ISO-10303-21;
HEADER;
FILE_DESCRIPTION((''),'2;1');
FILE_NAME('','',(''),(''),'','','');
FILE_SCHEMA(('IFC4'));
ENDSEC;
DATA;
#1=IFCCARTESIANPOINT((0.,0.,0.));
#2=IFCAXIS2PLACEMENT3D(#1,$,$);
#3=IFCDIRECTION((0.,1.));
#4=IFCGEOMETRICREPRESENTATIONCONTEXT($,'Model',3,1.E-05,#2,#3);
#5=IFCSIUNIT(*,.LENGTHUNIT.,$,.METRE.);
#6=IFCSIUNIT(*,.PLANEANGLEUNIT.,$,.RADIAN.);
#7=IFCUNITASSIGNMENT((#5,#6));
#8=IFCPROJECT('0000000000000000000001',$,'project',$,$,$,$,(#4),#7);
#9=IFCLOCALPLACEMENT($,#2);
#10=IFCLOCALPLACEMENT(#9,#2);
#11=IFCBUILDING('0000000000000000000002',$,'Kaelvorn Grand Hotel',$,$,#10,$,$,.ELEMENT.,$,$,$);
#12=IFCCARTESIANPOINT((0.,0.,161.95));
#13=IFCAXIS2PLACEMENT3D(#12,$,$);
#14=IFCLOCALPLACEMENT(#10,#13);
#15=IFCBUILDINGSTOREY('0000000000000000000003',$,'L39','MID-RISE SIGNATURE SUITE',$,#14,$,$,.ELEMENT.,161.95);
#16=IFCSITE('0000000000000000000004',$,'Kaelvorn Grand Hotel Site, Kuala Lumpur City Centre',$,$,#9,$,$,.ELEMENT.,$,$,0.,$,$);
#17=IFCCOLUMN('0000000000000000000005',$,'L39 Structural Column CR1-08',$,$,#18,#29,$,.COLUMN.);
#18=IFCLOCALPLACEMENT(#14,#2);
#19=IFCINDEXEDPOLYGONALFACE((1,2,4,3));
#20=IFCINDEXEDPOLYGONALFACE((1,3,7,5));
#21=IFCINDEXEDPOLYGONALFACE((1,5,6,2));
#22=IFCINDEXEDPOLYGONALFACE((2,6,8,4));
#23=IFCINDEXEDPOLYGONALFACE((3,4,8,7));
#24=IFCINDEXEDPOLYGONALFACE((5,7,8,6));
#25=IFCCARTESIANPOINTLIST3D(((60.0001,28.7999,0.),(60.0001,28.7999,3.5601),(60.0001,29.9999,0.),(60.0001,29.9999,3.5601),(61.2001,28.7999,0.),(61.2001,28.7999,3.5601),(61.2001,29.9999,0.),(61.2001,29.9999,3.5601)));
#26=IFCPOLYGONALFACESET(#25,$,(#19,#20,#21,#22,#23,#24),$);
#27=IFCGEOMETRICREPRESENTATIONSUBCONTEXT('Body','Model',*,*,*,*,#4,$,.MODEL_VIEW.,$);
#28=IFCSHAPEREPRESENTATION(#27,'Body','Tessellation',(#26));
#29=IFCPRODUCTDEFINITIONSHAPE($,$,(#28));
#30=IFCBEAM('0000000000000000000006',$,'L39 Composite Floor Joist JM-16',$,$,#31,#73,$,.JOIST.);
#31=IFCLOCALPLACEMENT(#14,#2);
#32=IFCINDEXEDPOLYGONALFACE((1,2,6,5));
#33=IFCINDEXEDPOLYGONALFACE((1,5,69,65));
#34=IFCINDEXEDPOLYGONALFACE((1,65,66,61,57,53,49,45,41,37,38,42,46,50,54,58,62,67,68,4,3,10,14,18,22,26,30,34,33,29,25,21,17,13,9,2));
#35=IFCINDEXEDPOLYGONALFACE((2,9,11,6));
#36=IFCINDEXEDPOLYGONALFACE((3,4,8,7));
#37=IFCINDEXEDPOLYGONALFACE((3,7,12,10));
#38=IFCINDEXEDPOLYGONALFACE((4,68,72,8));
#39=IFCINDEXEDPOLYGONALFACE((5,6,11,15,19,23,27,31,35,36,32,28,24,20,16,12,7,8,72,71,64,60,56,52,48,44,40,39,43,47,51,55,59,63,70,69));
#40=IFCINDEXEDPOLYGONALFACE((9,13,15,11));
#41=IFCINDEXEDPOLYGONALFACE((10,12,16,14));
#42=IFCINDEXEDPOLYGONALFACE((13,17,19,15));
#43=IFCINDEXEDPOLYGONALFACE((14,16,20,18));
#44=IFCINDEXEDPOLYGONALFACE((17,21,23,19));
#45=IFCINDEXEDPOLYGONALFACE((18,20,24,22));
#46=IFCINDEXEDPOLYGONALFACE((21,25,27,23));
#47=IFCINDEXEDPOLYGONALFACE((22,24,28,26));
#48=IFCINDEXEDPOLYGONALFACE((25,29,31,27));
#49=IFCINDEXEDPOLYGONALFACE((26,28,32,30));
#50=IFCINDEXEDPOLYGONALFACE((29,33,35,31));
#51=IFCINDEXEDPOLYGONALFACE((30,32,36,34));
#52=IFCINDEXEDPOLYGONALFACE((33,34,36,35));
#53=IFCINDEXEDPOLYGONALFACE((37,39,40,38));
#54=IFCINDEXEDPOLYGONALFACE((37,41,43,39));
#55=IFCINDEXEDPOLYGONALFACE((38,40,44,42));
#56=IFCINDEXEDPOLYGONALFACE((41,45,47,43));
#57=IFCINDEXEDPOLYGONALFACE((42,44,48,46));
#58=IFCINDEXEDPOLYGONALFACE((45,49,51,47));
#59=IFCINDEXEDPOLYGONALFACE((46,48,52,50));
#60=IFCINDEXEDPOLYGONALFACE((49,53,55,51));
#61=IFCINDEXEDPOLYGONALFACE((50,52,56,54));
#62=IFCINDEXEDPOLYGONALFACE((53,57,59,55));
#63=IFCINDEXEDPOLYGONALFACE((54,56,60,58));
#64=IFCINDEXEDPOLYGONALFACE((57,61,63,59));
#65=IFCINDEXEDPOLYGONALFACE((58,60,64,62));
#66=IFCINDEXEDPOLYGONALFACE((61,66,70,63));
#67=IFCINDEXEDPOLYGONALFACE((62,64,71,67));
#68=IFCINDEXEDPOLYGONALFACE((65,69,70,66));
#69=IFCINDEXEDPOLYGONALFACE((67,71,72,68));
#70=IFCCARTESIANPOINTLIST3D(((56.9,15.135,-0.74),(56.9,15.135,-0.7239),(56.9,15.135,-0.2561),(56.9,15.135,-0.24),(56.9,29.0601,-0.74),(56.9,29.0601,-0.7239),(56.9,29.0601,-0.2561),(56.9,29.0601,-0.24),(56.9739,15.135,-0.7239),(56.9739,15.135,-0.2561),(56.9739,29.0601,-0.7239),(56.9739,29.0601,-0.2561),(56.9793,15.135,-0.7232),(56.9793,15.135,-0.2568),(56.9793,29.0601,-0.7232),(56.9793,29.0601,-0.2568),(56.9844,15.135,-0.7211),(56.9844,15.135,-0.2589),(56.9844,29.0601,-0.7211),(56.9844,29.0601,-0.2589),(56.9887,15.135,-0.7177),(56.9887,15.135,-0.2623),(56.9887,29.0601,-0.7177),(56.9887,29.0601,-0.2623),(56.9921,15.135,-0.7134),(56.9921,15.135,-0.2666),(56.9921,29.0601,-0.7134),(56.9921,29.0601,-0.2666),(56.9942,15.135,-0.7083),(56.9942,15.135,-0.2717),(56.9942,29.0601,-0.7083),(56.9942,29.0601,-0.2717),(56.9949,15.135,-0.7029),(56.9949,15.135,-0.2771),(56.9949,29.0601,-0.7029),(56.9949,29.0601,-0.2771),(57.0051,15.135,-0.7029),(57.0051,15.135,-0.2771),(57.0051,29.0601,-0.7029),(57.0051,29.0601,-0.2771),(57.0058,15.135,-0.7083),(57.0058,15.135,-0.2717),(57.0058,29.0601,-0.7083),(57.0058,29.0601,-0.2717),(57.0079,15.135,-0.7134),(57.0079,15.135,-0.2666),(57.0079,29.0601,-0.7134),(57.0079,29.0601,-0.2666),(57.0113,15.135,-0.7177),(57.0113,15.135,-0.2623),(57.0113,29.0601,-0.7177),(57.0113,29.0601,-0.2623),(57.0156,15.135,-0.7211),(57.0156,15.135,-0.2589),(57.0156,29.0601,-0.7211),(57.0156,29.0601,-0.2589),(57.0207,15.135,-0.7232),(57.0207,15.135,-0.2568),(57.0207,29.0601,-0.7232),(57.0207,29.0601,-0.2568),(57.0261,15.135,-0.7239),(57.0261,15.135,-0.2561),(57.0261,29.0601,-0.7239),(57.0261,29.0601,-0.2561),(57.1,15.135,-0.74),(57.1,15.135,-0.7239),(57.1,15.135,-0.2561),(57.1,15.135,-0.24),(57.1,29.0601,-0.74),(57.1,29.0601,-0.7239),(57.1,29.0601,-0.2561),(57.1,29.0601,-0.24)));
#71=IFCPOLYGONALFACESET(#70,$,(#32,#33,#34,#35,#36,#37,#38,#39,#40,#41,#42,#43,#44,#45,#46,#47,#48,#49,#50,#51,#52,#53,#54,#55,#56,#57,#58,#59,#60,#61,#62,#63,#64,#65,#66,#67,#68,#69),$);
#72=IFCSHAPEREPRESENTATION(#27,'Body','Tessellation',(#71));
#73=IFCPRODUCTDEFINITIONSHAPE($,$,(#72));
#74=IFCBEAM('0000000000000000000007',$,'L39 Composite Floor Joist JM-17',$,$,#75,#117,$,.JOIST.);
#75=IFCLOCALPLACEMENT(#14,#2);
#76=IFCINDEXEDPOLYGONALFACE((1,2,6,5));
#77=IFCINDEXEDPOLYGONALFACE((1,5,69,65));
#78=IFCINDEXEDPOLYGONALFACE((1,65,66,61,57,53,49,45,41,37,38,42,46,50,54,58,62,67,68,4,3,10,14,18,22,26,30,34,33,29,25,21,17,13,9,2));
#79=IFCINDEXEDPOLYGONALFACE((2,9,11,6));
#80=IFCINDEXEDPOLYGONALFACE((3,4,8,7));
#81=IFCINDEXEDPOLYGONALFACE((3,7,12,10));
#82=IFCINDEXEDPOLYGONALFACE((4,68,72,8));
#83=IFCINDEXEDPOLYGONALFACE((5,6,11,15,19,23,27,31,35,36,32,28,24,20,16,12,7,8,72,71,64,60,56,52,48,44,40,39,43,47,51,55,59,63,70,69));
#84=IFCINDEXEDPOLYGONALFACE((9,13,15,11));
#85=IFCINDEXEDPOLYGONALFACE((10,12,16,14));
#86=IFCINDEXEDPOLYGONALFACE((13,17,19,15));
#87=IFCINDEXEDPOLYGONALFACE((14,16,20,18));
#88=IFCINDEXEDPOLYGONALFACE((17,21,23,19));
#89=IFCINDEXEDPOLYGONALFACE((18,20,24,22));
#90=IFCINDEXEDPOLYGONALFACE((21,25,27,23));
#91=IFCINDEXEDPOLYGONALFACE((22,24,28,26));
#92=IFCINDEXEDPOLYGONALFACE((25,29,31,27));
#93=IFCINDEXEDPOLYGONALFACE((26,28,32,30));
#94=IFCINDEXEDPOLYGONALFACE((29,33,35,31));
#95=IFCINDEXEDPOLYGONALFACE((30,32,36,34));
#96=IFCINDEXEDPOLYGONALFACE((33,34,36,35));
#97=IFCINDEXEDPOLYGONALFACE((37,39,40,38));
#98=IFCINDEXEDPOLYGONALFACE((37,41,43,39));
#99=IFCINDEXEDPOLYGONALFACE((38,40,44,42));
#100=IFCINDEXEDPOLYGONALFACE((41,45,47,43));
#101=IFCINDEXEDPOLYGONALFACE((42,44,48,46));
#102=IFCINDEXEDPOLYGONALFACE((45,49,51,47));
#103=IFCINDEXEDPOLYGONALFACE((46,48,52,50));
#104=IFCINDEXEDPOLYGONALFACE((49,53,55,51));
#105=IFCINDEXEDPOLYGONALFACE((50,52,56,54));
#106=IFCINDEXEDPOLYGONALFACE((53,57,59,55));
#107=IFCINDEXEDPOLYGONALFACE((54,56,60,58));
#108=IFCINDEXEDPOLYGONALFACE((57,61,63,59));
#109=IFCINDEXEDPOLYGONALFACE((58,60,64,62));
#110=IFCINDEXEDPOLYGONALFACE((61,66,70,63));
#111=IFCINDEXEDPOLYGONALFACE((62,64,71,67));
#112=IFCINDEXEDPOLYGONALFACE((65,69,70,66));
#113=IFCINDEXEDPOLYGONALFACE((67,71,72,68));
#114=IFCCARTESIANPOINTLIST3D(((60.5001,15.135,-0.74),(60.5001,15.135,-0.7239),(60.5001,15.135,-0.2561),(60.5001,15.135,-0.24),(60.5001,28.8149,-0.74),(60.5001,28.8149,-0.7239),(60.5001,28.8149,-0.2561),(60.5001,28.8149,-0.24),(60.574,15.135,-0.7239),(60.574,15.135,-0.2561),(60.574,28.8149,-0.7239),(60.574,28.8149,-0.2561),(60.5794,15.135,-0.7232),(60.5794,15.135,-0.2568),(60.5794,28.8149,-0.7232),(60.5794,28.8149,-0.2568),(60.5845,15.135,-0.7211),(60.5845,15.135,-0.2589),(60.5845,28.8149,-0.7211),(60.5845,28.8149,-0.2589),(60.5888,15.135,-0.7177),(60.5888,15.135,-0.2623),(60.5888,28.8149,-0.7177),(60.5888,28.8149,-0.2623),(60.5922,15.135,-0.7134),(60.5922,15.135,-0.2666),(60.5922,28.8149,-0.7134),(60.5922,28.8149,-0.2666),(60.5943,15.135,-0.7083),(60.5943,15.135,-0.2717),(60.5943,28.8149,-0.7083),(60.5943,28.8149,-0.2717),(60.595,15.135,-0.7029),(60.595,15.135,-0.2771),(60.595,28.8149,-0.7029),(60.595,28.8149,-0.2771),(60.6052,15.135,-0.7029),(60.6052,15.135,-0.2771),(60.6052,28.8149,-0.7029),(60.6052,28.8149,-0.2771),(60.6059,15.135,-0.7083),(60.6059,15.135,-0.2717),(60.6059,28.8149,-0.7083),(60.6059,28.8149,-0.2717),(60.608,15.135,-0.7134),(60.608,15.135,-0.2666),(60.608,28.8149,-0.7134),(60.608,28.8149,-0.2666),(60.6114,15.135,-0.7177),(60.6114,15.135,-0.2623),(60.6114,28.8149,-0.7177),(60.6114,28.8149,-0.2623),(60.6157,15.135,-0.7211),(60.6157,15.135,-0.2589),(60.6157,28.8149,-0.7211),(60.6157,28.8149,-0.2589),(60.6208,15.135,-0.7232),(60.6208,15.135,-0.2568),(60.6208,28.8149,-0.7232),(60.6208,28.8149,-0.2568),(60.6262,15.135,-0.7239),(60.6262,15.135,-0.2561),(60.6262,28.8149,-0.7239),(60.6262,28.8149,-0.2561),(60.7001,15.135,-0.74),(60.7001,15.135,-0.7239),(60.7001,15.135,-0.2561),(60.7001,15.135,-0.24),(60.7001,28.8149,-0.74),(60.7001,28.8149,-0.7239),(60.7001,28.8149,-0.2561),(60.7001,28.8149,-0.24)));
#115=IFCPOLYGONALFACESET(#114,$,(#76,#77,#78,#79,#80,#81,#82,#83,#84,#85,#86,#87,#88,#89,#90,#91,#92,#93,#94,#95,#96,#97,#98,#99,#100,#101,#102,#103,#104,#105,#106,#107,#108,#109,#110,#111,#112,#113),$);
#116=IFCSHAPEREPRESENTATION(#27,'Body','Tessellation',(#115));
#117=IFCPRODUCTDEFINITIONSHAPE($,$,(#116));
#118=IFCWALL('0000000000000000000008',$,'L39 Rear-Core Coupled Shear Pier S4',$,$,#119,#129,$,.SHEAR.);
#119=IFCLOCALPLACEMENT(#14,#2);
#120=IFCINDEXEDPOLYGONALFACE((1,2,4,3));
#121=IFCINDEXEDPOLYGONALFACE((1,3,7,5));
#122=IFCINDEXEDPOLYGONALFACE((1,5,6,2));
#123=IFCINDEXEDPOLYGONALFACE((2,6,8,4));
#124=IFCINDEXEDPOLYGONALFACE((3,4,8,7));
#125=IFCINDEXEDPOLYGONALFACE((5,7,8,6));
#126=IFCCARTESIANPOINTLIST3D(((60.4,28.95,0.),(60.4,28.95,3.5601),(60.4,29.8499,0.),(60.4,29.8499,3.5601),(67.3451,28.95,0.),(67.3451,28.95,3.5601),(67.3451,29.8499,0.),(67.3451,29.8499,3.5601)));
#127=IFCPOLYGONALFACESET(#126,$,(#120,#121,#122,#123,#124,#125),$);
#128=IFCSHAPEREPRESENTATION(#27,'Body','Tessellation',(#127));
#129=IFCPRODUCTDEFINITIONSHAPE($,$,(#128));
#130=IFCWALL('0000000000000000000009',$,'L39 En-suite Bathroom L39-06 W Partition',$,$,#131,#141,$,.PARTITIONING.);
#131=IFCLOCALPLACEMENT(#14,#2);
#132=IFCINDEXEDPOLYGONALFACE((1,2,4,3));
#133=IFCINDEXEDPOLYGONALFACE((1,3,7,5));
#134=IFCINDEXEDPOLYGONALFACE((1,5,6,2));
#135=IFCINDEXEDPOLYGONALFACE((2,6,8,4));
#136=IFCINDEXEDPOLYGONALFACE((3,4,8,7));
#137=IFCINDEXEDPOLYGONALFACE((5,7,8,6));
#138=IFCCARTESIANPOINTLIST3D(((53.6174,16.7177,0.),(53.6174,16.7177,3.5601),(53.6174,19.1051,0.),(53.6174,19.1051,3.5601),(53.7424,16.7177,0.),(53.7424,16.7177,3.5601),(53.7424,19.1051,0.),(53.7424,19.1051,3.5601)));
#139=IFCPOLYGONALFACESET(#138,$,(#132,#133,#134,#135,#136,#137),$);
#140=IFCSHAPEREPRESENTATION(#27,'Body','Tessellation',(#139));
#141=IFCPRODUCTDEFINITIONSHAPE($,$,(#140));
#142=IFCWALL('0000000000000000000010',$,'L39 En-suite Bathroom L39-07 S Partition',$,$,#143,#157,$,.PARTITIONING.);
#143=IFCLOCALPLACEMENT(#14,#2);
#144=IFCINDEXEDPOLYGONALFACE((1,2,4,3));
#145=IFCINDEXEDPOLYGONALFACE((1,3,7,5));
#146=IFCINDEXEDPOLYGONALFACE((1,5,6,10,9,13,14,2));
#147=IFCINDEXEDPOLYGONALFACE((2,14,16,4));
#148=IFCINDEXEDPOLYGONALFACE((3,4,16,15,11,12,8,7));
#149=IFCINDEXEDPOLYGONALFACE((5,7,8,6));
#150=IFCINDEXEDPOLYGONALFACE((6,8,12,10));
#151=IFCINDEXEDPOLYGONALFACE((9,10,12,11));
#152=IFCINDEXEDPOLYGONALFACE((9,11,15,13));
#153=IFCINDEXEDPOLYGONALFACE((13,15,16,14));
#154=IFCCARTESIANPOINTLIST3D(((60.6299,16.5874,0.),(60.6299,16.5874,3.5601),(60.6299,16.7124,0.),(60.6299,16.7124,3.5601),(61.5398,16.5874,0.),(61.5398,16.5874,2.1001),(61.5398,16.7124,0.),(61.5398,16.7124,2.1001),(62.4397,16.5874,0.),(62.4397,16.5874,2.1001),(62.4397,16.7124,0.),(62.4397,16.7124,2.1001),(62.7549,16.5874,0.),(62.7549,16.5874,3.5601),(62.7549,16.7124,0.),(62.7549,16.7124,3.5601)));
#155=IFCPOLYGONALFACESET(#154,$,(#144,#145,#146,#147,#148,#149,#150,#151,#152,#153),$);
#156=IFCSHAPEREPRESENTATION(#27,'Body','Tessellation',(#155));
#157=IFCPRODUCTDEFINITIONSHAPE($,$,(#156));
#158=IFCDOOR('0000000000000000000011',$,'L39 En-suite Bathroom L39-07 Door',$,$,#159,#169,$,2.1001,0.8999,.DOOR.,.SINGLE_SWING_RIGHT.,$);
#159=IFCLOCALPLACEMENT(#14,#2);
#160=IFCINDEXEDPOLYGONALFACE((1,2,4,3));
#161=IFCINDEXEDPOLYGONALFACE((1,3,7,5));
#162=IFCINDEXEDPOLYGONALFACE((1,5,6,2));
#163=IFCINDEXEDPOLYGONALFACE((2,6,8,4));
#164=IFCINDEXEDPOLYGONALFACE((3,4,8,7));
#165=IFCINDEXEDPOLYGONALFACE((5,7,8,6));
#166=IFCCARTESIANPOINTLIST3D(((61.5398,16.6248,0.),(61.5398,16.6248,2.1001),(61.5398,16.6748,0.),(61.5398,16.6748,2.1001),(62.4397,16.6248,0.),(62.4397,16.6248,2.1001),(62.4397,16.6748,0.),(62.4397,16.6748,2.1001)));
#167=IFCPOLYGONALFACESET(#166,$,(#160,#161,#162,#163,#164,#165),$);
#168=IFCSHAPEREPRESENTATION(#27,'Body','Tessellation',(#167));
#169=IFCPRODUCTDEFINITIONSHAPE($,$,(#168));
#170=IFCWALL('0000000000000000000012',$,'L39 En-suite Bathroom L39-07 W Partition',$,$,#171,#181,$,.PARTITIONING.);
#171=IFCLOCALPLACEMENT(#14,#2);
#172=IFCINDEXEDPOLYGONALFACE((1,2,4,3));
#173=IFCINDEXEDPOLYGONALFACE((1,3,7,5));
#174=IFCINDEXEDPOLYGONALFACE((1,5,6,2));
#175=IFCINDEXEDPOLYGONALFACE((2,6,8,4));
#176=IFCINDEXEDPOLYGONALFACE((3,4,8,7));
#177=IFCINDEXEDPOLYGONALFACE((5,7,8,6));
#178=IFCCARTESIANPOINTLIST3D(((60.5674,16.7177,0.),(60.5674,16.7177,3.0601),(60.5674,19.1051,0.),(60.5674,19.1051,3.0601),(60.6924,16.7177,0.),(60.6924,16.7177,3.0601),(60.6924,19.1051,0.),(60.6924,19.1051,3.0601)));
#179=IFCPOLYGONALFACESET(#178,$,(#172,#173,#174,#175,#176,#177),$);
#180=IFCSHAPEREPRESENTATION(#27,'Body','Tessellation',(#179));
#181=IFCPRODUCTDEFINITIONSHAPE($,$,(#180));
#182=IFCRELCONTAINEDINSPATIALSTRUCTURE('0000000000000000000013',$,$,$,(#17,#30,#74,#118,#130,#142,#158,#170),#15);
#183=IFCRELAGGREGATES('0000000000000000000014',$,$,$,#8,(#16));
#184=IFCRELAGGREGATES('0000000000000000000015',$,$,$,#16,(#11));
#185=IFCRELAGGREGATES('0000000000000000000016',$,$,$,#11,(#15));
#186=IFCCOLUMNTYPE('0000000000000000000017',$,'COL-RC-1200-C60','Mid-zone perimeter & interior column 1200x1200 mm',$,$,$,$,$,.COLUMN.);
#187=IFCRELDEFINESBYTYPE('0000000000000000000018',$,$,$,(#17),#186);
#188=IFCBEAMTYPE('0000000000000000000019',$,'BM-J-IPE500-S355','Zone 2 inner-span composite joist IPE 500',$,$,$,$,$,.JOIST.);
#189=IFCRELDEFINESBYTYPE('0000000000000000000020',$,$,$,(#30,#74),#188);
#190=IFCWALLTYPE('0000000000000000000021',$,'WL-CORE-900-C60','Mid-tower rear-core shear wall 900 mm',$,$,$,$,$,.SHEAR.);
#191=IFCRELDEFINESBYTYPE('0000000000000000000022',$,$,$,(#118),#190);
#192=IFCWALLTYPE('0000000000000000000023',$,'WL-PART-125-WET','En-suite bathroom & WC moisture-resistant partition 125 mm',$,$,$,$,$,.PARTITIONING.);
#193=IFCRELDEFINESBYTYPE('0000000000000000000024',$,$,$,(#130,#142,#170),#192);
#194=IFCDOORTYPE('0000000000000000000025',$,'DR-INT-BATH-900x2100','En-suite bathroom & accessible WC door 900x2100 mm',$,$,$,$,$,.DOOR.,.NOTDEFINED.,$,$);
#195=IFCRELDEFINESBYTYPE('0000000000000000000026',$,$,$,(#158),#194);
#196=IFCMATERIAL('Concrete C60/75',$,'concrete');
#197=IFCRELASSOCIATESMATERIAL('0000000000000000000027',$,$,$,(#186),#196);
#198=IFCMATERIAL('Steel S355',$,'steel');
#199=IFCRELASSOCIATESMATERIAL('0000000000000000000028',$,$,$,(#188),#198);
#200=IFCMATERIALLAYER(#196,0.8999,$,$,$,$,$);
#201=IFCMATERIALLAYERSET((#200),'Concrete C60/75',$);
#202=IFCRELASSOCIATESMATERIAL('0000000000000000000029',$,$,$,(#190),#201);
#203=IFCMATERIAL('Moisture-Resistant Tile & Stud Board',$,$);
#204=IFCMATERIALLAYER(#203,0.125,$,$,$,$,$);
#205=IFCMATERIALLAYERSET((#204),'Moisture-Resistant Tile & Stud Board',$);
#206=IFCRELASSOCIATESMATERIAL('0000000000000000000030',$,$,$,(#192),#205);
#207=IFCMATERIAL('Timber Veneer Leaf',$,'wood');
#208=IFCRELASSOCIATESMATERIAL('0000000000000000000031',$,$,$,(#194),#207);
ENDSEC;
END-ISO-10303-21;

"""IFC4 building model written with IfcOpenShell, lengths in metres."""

from ifc_helpers import new_model, si_unit, direction, frame, frame_2d, origin, origin_2d, place, context, subcontext, project, spatial, rectangle, i_section, extrude, material, layer, layer_set, material_profile, profile_set, type_object, element, fill, save


model = new_model("IFC4")

# Units and contexts
model_context = context("Model", 3, precision=1e-05, world=origin(), true_north=direction((0.0, 1.0)))
body_context = subcontext(model_context, "Body", "Model", "MODEL_VIEW")
ifc_project = project(units=[si_unit("LENGTHUNIT", "METRE"), si_unit("PLANEANGLEUNIT", "RADIAN")], contexts=[model_context])

# Site, building, storey
site_placement = place(None, origin())
site = spatial("IfcSite", under=ifc_project, at=site_placement, Name="Kaelvorn Grand Hotel Site, Kuala Lumpur City Centre", CompositionType="ELEMENT", RefElevation=0.0)
building_placement = place(site_placement, origin())
building = spatial("IfcBuilding", under=site, at=building_placement, Name="Kaelvorn Grand Hotel", CompositionType="ELEMENT")
storey_placement = place(building_placement, frame((0.0, 0.0, 161.95)))
storey = spatial("IfcBuildingStorey", under=building, at=storey_placement, Name="L39", Description="MID-RISE SIGNATURE SUITE", CompositionType="ELEMENT", Elevation=161.95)

# Column
ifc_material_1 = material(Name="Concrete C60/75", Category="concrete")
ifc_material_profile_1 = material_profile(ifc_material_1, rectangle(XDim=1.2, YDim=1.2, at=origin_2d()), Name="RC COL 1200x1200")
ifc_profile_set_1 = profile_set([ifc_material_profile_1], Name="Concrete C60/75")
column_type = type_object("IfcColumnType", Name="COL-RC-1200-C60", Description="Mid-zone perimeter & interior column 1200x1200 mm", PredefinedType="COLUMN", material=ifc_profile_set_1)
column_placement = place(storey_placement, frame((60.6001, 29.3999, 0.0), z_axis=(0.0, 0.0, 1.0), x_axis=(1.0, 0.0, 0.0)))
element("IfcColumn", 1, at=column_placement, inside=storey, type_object=column_type, Name="L39 Structural Column CR1-08", PredefinedType="COLUMN", context=body_context, shape_type="SweptSolid", body=[
    extrude(rectangle(XDim=1.2, YDim=1.2, at=origin_2d()), origin(), (0.0, 0.0, 1.0), 3.5601),
])

# Beams
ifc_material_2 = material(Name="Steel S355", Category="steel")
ifc_material_profile_2 = material_profile(ifc_material_2, i_section(OverallWidth=0.2, OverallDepth=0.5, WebThickness=0.0103, FlangeThickness=0.0161, FilletRadius=0.021, at=origin_2d()), Name="IPE 500")
ifc_profile_set_2 = profile_set([ifc_material_profile_2], Name="Steel S355")
beam_type = type_object("IfcBeamType", Name="BM-J-IPE500-S355", Description="Zone 2 inner-span composite joist IPE 500", PredefinedType="JOIST", material=ifc_profile_set_2)
beam_1_placement = place(storey_placement, frame((57.0, 15.135, -0.49), z_axis=(0.0, 1.0, 0.0), x_axis=(-1.0, 0.0, 0.0)))
element("IfcBeam", 2, at=beam_1_placement, inside=storey, type_object=beam_type, Name="L39 Composite Floor Joist JM-16", PredefinedType="JOIST", context=body_context, shape_type="SweptSolid", body=[
    extrude(i_section(OverallWidth=0.2, OverallDepth=0.5, WebThickness=0.0103, FlangeThickness=0.0161, FilletRadius=0.021, at=origin_2d()), origin(), (0.0, 0.0, 1.0), 13.925),
])
beam_2_placement = place(storey_placement, frame((60.6001, 15.135, -0.49), z_axis=(0.0, 1.0, 0.0), x_axis=(-1.0, 0.0, 0.0)))
element("IfcBeam", 3, at=beam_2_placement, inside=storey, type_object=beam_type, Name="L39 Composite Floor Joist JM-17", PredefinedType="JOIST", context=body_context, shape_type="SweptSolid", body=[
    extrude(i_section(OverallWidth=0.2, OverallDepth=0.5, WebThickness=0.0103, FlangeThickness=0.0161, FilletRadius=0.021, at=origin_2d()), origin(), (0.0, 0.0, 1.0), 13.6799),
])

# Walls
ifc_layer_1 = layer(ifc_material_1, 0.8999)
ifc_layer_set_1 = layer_set([ifc_layer_1], Name="Concrete C60/75")
wall_type_1 = type_object("IfcWallType", Name="WL-CORE-900-C60", Description="Mid-tower rear-core shear wall 900 mm", PredefinedType="SHEAR", material=ifc_layer_set_1)
wall_1_placement = place(storey_placement, frame((60.3999, 29.3999, 0.0), z_axis=(0.0, 0.0, 1.0), x_axis=(1.0, 0.0, 0.0)))
element("IfcWall", 4, at=wall_1_placement, inside=storey, type_object=wall_type_1, Name="L39 Rear-Core Coupled Shear Pier S4", PredefinedType="SHEAR", context=body_context, shape_type="SweptSolid", body=[
    extrude(rectangle(XDim=6.9451, YDim=0.8999, at=frame_2d((3.4727, 0.0))), origin(), (0.0, 0.0, 1.0), 3.5601),
])
ifc_material_3 = material(Name="Moisture-Resistant Tile & Stud Board")
ifc_layer_2 = layer(ifc_material_3, 0.125)
ifc_layer_set_2 = layer_set([ifc_layer_2], Name="Moisture-Resistant Tile & Stud Board")
wall_type_2 = type_object("IfcWallType", Name="WL-PART-125-WET", Description="En-suite bathroom & WC moisture-resistant partition 125 mm", PredefinedType="PARTITIONING", material=ifc_layer_set_2)
wall_2_placement = place(storey_placement, frame((53.6799, 16.7175, 0.0), z_axis=(0.0, 0.0, 1.0), x_axis=(0.0, 1.0, 0.0)))
element("IfcWall", 5, at=wall_2_placement, inside=storey, type_object=wall_type_2, Name="L39 En-suite Bathroom L39-06 W Partition", PredefinedType="PARTITIONING", context=body_context, shape_type="SweptSolid", body=[
    extrude(rectangle(XDim=2.3875, YDim=0.125, at=frame_2d((1.1938, 0.0))), origin(), (0.0, 0.0, 1.0), 3.5601),
])

# Wall, opening, door
wall_3_placement = place(storey_placement, frame((60.6299, 16.6499, 0.0), z_axis=(0.0, 0.0, 1.0), x_axis=(1.0, 0.0, 0.0)))
wall_3 = element("IfcWall", 6, at=wall_3_placement, inside=storey, type_object=wall_type_2, Name="L39 En-suite Bathroom L39-07 S Partition", PredefinedType="PARTITIONING", context=body_context, shape_type="SweptSolid", body=[
    extrude(rectangle(XDim=2.125, YDim=0.125, at=frame_2d((1.0625, 0.0))), origin(), (0.0, 0.0, 1.0), 3.5601),
])
opening_1_placement = place(wall_3_placement, frame((0.9099, 0.0, 0.0)))
opening_1 = element("IfcOpeningElement", 7, at=opening_1_placement, cuts=wall_3, PredefinedType="OPENING", context=body_context, shape_type="SweptSolid", body=[
    extrude(rectangle(XDim=0.8999, YDim=2.1001, at=frame_2d((0.45, 1.05))), frame((0.0, 0.0725, 0.0), z_axis=(0.0, -1.0, 0.0), x_axis=(1.0, 0.0, 0.0)), (0.0, 0.0, 1.0), 0.145),
])
ifc_material_4 = material(Name="Timber Veneer Leaf", Category="wood")
door_type_1 = type_object("IfcDoorType", Name="DR-INT-BATH-900x2100", Description="En-suite bathroom & accessible WC door 900x2100 mm", OperationType="NOTDEFINED", PredefinedType="DOOR", material=ifc_material_4)
door_1_placement = place(opening_1_placement, origin())
door_1 = element("IfcDoor", 8, at=door_1_placement, inside=storey, type_object=door_type_1, Name="L39 En-suite Bathroom L39-07 Door", OperationType="SINGLE_SWING_RIGHT", OverallHeight=2.1001, OverallWidth=0.8999, PredefinedType="DOOR", context=body_context, shape_type="SweptSolid", body=[
    extrude(rectangle(XDim=0.8999, YDim=2.1001, at=frame_2d((0.45, 1.05))), frame((0.0, 0.0249, 0.0), z_axis=(0.0, -1.0, 0.0), x_axis=(1.0, 0.0, 0.0)), (0.0, 0.0, 1.0), 0.05),
])
fill(opening_1, door_1)

# Wall
wall_4_placement = place(storey_placement, frame((60.6299, 16.7175, 0.0), z_axis=(0.0, 0.0, 1.0), x_axis=(0.0, 1.0, 0.0)))
element("IfcWall", 9, at=wall_4_placement, inside=storey, type_object=wall_type_2, Name="L39 En-suite Bathroom L39-07 W Partition", PredefinedType="PARTITIONING", context=body_context, shape_type="SweptSolid", body=[
    extrude(rectangle(XDim=2.3875, YDim=0.125, at=frame_2d((1.1938, 0.0))), origin(), (0.0, 0.0, 1.0), 3.0601),
])

save(model, "model.ifc")
